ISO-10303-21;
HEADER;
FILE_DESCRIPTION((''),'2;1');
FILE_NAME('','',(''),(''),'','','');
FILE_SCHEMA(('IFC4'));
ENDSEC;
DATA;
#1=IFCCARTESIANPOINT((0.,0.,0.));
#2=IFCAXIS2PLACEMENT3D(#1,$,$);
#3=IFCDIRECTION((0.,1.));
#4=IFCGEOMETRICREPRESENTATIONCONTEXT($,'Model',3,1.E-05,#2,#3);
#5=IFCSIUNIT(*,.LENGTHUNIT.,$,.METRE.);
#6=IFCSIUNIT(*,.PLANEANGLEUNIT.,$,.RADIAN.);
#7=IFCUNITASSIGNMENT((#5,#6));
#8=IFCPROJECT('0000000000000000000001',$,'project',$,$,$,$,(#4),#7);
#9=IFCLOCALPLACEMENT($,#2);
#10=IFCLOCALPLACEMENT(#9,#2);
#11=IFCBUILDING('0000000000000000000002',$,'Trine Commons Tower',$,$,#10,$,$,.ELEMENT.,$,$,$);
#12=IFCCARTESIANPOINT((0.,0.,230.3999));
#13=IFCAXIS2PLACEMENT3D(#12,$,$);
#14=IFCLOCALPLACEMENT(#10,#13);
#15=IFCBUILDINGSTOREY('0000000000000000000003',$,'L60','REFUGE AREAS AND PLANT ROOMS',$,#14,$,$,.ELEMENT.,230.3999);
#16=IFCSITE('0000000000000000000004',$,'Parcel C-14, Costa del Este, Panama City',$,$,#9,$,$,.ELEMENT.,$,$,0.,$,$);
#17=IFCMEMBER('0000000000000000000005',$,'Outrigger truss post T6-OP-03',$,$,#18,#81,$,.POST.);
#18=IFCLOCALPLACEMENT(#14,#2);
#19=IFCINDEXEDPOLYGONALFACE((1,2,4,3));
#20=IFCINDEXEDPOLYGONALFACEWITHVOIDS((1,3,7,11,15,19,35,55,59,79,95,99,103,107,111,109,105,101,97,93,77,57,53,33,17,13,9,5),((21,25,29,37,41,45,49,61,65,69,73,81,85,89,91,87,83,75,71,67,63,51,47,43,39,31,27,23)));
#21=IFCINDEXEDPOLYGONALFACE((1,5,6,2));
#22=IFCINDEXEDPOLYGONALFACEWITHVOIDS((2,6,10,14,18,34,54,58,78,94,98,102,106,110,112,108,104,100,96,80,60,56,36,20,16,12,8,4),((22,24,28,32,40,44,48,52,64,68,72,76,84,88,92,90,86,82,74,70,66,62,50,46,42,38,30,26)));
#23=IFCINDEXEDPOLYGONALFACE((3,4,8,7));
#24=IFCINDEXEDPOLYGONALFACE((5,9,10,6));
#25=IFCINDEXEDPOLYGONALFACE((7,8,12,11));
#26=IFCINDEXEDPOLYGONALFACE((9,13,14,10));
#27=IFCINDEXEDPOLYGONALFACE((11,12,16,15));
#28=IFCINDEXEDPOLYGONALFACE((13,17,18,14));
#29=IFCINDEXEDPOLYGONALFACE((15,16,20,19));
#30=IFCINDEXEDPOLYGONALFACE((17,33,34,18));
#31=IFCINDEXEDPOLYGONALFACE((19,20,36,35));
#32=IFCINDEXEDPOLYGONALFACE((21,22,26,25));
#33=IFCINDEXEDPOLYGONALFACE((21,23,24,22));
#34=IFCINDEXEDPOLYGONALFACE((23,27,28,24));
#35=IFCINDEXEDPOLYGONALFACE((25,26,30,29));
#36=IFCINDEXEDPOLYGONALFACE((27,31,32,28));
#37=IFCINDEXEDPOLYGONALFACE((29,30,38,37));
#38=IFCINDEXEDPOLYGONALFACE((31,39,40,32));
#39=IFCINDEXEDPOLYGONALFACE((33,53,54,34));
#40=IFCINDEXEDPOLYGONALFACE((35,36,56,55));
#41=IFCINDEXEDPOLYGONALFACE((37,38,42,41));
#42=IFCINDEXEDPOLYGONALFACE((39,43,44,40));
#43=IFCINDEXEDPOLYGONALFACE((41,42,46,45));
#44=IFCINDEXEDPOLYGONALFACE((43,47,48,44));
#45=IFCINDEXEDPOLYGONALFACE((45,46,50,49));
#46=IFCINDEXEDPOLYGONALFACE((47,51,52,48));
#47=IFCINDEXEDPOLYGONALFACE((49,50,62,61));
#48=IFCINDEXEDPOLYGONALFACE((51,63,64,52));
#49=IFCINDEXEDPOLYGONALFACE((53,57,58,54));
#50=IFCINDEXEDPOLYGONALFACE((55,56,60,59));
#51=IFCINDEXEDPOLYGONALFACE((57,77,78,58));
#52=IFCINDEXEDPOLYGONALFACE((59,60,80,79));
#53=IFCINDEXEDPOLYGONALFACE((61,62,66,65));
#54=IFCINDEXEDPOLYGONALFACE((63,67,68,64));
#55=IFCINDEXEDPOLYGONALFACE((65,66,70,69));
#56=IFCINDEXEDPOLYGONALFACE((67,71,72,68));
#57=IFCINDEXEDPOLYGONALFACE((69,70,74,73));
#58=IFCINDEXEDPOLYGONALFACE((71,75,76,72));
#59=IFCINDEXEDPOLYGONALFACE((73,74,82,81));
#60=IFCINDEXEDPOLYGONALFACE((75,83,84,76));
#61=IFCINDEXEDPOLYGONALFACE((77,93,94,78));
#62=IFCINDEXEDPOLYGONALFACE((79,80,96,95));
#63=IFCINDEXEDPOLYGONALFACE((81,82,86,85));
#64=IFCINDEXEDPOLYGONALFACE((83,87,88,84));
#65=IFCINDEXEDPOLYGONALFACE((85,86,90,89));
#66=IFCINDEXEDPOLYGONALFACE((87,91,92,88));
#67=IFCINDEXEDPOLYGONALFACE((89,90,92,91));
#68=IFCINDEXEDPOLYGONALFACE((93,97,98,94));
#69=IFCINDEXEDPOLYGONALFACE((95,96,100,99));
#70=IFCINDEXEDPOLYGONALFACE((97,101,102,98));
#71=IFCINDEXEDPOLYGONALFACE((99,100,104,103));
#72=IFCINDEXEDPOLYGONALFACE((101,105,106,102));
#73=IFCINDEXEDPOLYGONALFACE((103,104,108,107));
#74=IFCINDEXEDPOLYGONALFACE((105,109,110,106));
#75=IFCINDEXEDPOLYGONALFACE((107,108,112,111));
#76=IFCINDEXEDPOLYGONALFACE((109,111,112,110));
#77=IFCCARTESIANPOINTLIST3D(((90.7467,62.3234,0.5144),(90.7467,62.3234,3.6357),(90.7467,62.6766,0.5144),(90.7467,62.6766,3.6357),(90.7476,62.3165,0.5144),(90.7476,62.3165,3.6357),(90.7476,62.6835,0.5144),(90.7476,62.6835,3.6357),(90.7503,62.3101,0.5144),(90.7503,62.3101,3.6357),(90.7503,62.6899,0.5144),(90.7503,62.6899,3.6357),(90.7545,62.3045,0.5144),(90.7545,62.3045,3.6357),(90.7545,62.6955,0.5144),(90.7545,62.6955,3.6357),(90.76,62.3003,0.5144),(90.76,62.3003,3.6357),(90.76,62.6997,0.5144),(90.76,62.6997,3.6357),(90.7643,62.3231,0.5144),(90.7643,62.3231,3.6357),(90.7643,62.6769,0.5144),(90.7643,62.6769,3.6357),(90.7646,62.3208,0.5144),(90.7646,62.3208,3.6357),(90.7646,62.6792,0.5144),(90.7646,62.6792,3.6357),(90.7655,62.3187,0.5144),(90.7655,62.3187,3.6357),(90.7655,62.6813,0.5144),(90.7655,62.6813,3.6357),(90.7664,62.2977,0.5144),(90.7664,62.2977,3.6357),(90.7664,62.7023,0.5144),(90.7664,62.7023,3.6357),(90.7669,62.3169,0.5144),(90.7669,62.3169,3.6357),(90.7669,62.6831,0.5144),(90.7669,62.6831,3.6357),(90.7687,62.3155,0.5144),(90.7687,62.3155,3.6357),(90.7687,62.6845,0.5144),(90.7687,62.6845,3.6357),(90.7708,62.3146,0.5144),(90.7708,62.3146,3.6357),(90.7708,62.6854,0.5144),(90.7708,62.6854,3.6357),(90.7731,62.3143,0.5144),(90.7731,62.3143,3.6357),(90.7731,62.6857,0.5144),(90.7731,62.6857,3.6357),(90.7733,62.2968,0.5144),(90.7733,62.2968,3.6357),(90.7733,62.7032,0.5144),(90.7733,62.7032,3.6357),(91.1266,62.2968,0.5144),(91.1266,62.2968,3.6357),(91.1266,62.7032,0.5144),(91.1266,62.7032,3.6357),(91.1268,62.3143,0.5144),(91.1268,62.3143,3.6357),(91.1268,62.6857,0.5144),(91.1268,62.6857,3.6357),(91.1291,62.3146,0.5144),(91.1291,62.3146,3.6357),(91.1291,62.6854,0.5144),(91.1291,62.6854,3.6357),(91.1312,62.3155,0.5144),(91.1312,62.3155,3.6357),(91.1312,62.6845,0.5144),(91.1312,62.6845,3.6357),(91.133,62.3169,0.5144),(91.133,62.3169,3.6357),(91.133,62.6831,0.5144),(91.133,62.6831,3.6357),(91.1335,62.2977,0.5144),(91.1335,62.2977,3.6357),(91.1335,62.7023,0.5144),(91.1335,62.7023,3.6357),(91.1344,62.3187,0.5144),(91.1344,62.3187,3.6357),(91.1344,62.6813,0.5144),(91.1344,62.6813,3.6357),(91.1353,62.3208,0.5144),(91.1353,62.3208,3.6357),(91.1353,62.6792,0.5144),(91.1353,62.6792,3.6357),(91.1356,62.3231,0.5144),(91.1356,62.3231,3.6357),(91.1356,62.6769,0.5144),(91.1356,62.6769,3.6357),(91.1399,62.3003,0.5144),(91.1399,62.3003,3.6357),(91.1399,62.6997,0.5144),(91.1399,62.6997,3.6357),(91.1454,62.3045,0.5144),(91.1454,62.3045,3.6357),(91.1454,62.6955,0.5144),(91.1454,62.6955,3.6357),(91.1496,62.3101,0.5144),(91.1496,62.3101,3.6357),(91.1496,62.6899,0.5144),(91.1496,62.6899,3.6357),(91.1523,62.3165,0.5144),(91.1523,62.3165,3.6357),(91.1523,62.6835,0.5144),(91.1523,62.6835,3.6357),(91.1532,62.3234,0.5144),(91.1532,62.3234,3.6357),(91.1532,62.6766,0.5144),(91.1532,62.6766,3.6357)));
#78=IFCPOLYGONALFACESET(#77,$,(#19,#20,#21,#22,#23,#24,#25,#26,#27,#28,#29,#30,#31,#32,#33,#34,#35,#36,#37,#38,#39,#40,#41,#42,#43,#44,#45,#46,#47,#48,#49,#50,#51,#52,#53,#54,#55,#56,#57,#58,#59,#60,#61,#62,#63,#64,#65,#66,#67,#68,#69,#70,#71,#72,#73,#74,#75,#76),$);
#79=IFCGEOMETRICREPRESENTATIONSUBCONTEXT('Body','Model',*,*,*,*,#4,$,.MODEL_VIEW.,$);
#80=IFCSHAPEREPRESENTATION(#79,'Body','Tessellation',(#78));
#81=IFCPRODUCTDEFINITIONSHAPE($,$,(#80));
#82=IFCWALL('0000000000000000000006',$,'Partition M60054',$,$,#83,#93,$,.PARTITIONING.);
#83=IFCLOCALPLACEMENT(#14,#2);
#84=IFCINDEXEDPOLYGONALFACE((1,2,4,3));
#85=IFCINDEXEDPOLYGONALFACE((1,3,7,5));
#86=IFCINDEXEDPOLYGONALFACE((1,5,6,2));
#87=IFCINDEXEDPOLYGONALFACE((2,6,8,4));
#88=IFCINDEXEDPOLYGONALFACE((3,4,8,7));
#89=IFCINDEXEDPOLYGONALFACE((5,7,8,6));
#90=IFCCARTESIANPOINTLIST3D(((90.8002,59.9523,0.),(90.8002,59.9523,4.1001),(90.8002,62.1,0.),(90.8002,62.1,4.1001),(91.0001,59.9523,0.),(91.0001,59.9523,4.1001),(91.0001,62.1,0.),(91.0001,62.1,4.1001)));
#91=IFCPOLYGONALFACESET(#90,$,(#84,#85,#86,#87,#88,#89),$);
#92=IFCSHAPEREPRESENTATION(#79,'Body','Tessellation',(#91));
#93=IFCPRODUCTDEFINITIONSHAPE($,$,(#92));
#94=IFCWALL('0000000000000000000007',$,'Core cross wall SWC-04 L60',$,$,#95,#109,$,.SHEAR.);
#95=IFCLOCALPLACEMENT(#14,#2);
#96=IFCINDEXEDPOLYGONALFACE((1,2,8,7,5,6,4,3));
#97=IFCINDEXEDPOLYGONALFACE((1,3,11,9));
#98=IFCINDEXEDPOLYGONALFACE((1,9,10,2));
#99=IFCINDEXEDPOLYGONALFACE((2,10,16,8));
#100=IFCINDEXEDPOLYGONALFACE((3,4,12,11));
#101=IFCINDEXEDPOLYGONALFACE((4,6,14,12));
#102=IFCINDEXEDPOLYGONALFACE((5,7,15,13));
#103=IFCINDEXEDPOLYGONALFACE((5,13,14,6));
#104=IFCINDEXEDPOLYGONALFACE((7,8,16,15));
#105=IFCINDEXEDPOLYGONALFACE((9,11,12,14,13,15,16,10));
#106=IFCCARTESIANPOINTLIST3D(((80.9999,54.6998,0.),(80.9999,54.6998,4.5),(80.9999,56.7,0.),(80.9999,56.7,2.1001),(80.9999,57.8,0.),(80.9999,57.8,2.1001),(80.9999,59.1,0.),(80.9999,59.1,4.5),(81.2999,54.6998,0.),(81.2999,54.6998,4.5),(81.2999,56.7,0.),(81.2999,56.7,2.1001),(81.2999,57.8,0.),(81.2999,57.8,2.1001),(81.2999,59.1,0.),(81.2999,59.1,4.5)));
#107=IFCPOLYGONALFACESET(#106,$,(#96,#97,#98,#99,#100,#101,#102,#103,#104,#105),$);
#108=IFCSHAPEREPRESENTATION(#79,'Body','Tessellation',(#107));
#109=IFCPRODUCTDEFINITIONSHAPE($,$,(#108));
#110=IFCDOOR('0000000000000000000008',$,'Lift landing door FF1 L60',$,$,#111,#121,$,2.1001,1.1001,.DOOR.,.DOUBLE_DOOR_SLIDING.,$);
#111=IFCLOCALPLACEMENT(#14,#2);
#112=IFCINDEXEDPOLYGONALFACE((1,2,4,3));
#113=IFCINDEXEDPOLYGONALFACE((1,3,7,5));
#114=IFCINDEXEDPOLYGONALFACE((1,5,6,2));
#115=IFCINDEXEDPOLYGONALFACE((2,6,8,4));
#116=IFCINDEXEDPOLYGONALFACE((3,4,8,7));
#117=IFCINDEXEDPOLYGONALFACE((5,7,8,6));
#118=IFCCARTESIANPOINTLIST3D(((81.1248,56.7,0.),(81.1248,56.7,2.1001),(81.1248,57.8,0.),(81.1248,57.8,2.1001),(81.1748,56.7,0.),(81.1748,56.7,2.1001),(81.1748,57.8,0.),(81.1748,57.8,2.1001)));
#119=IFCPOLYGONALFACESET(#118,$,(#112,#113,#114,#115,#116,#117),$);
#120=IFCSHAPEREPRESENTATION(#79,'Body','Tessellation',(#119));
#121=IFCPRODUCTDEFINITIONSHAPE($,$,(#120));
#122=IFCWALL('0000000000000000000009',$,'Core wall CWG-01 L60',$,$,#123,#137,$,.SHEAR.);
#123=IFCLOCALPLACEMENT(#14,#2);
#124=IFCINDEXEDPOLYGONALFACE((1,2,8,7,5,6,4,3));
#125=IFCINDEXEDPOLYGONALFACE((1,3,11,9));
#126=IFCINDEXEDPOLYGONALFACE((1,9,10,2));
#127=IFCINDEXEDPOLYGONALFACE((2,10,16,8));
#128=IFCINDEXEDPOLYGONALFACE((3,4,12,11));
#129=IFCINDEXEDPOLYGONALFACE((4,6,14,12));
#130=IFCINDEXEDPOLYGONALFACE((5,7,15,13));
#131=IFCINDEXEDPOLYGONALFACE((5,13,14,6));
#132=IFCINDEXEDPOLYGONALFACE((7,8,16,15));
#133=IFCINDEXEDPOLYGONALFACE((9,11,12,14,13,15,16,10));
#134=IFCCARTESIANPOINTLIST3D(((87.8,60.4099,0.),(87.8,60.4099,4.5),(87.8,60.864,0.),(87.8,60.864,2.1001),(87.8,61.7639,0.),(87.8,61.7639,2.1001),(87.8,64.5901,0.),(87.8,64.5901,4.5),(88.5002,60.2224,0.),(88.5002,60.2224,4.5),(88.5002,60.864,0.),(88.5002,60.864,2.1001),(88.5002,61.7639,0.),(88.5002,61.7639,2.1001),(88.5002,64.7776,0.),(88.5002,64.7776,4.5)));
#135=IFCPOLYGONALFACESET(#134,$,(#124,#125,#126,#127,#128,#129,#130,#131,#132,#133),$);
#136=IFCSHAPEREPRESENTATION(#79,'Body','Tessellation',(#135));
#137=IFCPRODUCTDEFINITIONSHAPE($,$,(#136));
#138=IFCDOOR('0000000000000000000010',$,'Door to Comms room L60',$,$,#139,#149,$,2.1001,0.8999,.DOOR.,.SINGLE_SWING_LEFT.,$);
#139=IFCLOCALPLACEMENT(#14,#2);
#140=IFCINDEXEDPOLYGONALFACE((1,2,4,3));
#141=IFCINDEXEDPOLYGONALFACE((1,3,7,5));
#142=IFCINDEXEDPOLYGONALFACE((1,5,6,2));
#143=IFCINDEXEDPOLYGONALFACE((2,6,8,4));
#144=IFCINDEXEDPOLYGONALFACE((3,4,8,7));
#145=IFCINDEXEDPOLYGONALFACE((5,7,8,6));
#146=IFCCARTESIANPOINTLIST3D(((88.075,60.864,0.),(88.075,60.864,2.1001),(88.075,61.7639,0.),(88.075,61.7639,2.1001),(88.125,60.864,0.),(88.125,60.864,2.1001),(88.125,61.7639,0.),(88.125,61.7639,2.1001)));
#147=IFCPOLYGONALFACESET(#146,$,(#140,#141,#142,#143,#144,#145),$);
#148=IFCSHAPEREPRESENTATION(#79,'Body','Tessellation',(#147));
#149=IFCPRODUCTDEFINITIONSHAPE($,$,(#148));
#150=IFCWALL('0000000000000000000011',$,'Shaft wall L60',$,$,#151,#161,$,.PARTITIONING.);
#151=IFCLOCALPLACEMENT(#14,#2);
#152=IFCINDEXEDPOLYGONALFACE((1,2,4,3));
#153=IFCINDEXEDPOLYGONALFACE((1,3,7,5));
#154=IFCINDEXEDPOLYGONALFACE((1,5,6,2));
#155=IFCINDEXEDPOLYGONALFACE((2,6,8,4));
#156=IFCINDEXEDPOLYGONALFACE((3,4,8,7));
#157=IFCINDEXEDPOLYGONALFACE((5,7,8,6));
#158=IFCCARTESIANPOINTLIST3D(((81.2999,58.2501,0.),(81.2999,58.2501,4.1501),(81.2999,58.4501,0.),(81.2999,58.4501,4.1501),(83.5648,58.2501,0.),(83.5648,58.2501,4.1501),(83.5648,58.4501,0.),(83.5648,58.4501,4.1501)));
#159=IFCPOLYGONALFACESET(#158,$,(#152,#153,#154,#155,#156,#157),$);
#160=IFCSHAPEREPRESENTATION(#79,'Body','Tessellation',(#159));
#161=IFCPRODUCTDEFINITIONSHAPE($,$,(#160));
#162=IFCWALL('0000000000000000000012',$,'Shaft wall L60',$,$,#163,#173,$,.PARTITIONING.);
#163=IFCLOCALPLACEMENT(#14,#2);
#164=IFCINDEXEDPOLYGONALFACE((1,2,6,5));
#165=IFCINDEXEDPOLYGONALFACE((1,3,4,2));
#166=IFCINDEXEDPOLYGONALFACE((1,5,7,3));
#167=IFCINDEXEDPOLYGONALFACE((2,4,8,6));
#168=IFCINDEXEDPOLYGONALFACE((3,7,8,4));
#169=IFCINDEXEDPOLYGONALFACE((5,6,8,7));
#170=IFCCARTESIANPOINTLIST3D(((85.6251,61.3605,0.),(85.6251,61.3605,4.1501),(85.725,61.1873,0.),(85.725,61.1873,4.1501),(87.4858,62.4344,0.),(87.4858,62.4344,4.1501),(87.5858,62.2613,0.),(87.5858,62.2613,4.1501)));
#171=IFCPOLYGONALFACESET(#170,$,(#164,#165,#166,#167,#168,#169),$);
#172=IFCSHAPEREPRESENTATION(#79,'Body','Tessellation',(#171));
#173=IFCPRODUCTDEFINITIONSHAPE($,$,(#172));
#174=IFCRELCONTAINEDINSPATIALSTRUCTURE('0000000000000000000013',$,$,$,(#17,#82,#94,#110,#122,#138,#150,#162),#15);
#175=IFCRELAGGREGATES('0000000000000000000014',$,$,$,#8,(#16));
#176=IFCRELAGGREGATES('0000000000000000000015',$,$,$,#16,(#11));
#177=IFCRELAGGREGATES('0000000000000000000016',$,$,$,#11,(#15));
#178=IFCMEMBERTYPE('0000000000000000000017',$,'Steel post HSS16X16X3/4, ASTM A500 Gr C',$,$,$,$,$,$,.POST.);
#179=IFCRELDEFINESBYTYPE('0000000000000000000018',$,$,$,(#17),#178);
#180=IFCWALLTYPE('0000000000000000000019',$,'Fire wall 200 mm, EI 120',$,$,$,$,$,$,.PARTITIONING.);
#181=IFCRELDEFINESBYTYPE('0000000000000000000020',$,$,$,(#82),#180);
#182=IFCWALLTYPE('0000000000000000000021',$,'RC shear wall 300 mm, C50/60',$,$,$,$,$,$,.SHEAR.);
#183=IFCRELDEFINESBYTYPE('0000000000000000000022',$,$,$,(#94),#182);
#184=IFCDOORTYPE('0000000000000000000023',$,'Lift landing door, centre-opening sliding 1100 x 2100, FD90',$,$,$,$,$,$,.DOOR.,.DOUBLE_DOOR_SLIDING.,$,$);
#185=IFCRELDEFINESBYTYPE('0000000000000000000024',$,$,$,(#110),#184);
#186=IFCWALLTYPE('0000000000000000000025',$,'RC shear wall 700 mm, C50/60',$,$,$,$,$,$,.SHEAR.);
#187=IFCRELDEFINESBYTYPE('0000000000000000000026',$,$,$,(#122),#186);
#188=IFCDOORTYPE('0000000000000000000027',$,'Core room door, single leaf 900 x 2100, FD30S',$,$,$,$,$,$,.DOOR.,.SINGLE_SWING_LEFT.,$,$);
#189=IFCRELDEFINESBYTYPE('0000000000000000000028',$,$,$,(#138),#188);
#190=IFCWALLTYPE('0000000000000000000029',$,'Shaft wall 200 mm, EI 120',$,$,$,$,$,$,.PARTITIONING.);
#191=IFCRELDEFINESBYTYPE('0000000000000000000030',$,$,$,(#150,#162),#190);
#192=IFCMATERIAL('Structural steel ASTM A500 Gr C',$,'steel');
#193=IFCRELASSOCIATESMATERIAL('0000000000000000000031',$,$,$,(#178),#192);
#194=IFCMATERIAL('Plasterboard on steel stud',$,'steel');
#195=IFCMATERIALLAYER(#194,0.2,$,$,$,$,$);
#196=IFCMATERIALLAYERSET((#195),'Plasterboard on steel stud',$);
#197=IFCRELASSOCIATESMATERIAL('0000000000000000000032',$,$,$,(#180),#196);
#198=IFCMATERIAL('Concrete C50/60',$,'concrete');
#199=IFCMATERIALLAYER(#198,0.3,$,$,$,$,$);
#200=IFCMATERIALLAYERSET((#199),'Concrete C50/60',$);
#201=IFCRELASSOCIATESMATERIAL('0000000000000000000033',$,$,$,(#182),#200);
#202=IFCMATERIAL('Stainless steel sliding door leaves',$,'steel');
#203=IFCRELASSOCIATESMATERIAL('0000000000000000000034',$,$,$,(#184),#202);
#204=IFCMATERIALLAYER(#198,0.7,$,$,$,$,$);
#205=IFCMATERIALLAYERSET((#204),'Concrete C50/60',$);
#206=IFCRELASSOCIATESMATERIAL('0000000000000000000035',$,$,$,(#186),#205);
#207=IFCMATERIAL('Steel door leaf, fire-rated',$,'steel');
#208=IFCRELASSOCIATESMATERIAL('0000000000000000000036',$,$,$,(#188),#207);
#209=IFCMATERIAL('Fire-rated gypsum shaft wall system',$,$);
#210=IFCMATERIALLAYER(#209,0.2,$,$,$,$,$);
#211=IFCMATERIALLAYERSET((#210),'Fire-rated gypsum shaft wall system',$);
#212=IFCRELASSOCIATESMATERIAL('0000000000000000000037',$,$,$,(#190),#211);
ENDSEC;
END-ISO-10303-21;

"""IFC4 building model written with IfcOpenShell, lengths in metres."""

from ifc_helpers import new_model, si_unit, direction, frame, frame_2d, origin, origin_2d, place, context, subcontext, project, spatial, polyline, rectangle, hollow_rectangle, outline, extrude, material, layer, layer_set, material_profile, profile_set, type_object, element, fill, save


model = new_model("IFC4")

# Units and contexts
model_context = context("Model", 3, precision=1e-05, world=origin(), true_north=direction((0.0, 1.0)))
body_context = subcontext(model_context, "Body", "Model", "MODEL_VIEW")
ifc_project = project(units=[si_unit("LENGTHUNIT", "METRE"), si_unit("PLANEANGLEUNIT", "RADIAN")], contexts=[model_context])

# Site, building, storey
site_placement = place(None, origin())
site = spatial("IfcSite", under=ifc_project, at=site_placement, Name="Parcel C-14, Costa del Este, Panama City", CompositionType="ELEMENT", RefElevation=0.0)
building_placement = place(site_placement, origin())
building = spatial("IfcBuilding", under=site, at=building_placement, Name="Trine Commons Tower", CompositionType="ELEMENT")
storey_placement = place(building_placement, frame((0.0, 0.0, 230.3999)))
storey = spatial("IfcBuildingStorey", under=building, at=storey_placement, Name="L60", Description="REFUGE AREAS AND PLANT ROOMS", CompositionType="ELEMENT", Elevation=230.3999)

# Member
ifc_material_1 = material(Name="Structural steel ASTM A500 Gr C", Category="steel")
ifc_material_profile_1 = material_profile(ifc_material_1, hollow_rectangle(XDim=0.4065, YDim=0.4065, WallThickness=0.0176, InnerFilletRadius=0.0088, OuterFilletRadius=0.0266, at=origin_2d()), Name="HSS16X16X3/4")
ifc_profile_set_1 = profile_set([ifc_material_profile_1], Name="Structural steel ASTM A500 Gr C")
member_type_1 = type_object("IfcMemberType", Name="Steel post HSS16X16X3/4, ASTM A500 Gr C", PredefinedType="POST", material=ifc_profile_set_1)
member_1_placement = place(storey_placement, frame((90.95, 62.5, 0.5144), z_axis=(0.0, 0.0, 1.0), x_axis=(1.0, 0.0, 0.0)))
element("IfcMember", 1, at=member_1_placement, inside=storey, type_object=member_type_1, Name="Outrigger truss post T6-OP-03", PredefinedType="POST", context=body_context, shape_type="SweptSolid", body=[
    extrude(hollow_rectangle(XDim=0.4065, YDim=0.4065, WallThickness=0.0176, InnerFilletRadius=0.0088, OuterFilletRadius=0.0266, at=origin_2d()), origin(), (0.0, 0.0, 1.0), 3.1213),
])

# Wall
ifc_material_2 = material(Name="Plasterboard on steel stud", Category="steel")
ifc_layer_1 = layer(ifc_material_2, 0.2)
ifc_layer_set_1 = layer_set([ifc_layer_1], Name="Plasterboard on steel stud")
wall_type_1 = type_object("IfcWallType", Name="Fire wall 200 mm, EI 120", PredefinedType="PARTITIONING", material=ifc_layer_set_1)
wall_1_placement = place(storey_placement, frame((90.9001, 59.9524, 0.0), z_axis=(0.0, 0.0, 1.0), x_axis=(0.0, 1.0, 0.0)))
element("IfcWall", 2, at=wall_1_placement, inside=storey, type_object=wall_type_1, Name="Partition M60054", PredefinedType="PARTITIONING", context=body_context, shape_type="SweptSolid", body=[
    extrude(rectangle(XDim=2.1477, YDim=0.2, at=frame_2d((1.0737, 0.0))), origin(), (0.0, 0.0, 1.0), 4.1001),
])

# Walls, openings, doors
ifc_material_3 = material(Name="Concrete C50/60", Category="concrete")
ifc_layer_2 = layer(ifc_material_3, 0.3)
ifc_layer_set_2 = layer_set([ifc_layer_2], Name="Concrete C50/60")
wall_type_2 = type_object("IfcWallType", Name="RC shear wall 300 mm, C50/60", PredefinedType="SHEAR", material=ifc_layer_set_2)
wall_2_placement = place(storey_placement, frame((81.1499, 59.1001, 0.0), z_axis=(0.0, 0.0, 1.0), x_axis=(0.0, -1.0, 0.0)))
wall_2 = element("IfcWall", 3, at=wall_2_placement, inside=storey, type_object=wall_type_2, Name="Core cross wall SWC-04 L60", PredefinedType="SHEAR", context=body_context, shape_type="SweptSolid", body=[
    extrude(rectangle(XDim=4.4001, YDim=0.3, at=frame_2d((2.2002, 0.0))), origin(), (0.0, 0.0, 1.0), 4.5),
])
opening_1_placement = place(wall_2_placement, frame((1.3, 0.0, 0.0)))
opening_1 = element("IfcOpeningElement", 4, at=opening_1_placement, cuts=wall_2, PredefinedType="OPENING", context=body_context, shape_type="SweptSolid", body=[
    extrude(rectangle(XDim=1.1001, YDim=2.1001, at=frame_2d((0.55, 1.05))), frame((0.0, 0.1599, 0.0), z_axis=(0.0, -1.0, 0.0), x_axis=(1.0, 0.0, 0.0)), (0.0, 0.0, 1.0), 0.3201),
])
ifc_material_4 = material(Name="Stainless steel sliding door leaves", Category="steel")
door_type_1 = type_object("IfcDoorType", Name="Lift landing door, centre-opening sliding 1100 x 2100, FD90", OperationType="DOUBLE_DOOR_SLIDING", PredefinedType="DOOR", material=ifc_material_4)
door_1_placement = place(opening_1_placement, origin())
door_1 = element("IfcDoor", 5, at=door_1_placement, inside=storey, type_object=door_type_1, Name="Lift landing door FF1 L60", OperationType="DOUBLE_DOOR_SLIDING", OverallHeight=2.1001, OverallWidth=1.1001, PredefinedType="DOOR", context=body_context, shape_type="SweptSolid", body=[
    extrude(rectangle(XDim=1.1001, YDim=2.1001, at=frame_2d((0.55, 1.05))), frame((0.0, 0.0249, 0.0), z_axis=(0.0, -1.0, 0.0), x_axis=(1.0, 0.0, 0.0)), (0.0, 0.0, 1.0), 0.05),
])
fill(opening_1, door_1)
ifc_layer_3 = layer(ifc_material_3, 0.7)
ifc_layer_set_3 = layer_set([ifc_layer_3], Name="Concrete C50/60")
wall_type_3 = type_object("IfcWallType", Name="RC shear wall 700 mm, C50/60", PredefinedType="SHEAR", material=ifc_layer_set_3)
wall_3_placement = place(storey_placement, frame((88.1501, 60.2224, 0.0), z_axis=(0.0, 0.0, 1.0), x_axis=(0.0, 1.0, 0.0)))
wall_3 = element("IfcWall", 6, at=wall_3_placement, inside=storey, type_object=wall_type_3, Name="Core wall CWG-01 L60", PredefinedType="SHEAR", context=body_context, shape_type="SweptSolid", body=[
    extrude(outline(polyline([(0.0, -0.3501), (4.5552, -0.3501), (4.3677, 0.3501), (0.1875, 0.3501), (0.0, -0.3501)])), origin(), (0.0, 0.0, 1.0), 4.5),
])
opening_2_placement = place(wall_3_placement, frame((0.6416, 0.0, 0.0)))
opening_2 = element("IfcOpeningElement", 7, at=opening_2_placement, cuts=wall_3, PredefinedType="OPENING", context=body_context, shape_type="SweptSolid", body=[
    extrude(rectangle(XDim=0.8999, YDim=2.1001, at=frame_2d((0.45, 1.05))), frame((0.0, 0.3599, 0.0), z_axis=(0.0, -1.0, 0.0), x_axis=(1.0, 0.0, 0.0)), (0.0, 0.0, 1.0), 0.72),
])
ifc_material_5 = material(Name="Steel door leaf, fire-rated", Category="steel")
door_type_2 = type_object("IfcDoorType", Name="Core room door, single leaf 900 x 2100, FD30S", OperationType="SINGLE_SWING_LEFT", PredefinedType="DOOR", material=ifc_material_5)
door_2_placement = place(opening_2_placement, origin())
door_2 = element("IfcDoor", 8, at=door_2_placement, inside=storey, type_object=door_type_2, Name="Door to Comms room L60", OperationType="SINGLE_SWING_LEFT", OverallHeight=2.1001, OverallWidth=0.8999, PredefinedType="DOOR", context=body_context, shape_type="SweptSolid", body=[
    extrude(rectangle(XDim=0.8999, YDim=2.1001, at=frame_2d((0.45, 1.05))), frame((0.0, 0.0752, 0.0), z_axis=(0.0, -1.0, 0.0), x_axis=(1.0, 0.0, 0.0)), (0.0, 0.0, 1.0), 0.05),
])
fill(opening_2, door_2)

# Walls
ifc_material_6 = material(Name="Fire-rated gypsum shaft wall system")
ifc_layer_4 = layer(ifc_material_6, 0.2)
ifc_layer_set_4 = layer_set([ifc_layer_4], Name="Fire-rated gypsum shaft wall system")
wall_type_4 = type_object("IfcWallType", Name="Shaft wall 200 mm, EI 120", PredefinedType="PARTITIONING", material=ifc_layer_set_4)
wall_4_placement = place(storey_placement, frame((81.3, 58.3501, 0.0), z_axis=(0.0, 0.0, 1.0), x_axis=(1.0, 0.0, 0.0)))
element("IfcWall", 9, at=wall_4_placement, inside=storey, type_object=wall_type_4, Name="Shaft wall L60", PredefinedType="PARTITIONING", context=body_context, shape_type="SweptSolid", body=[
    extrude(rectangle(XDim=2.2649, YDim=0.2, at=frame_2d((1.1323, 0.0))), origin(), (0.0, 0.0, 1.0), 4.1501),
])
wall_5_placement = place(storey_placement, frame((85.675, 61.2739, 0.0), z_axis=(0.0, 0.0, 1.0), x_axis=(0.866102, 0.499867, 0.0)))
element("IfcWall", 10, at=wall_5_placement, inside=storey, type_object=wall_type_4, Name="Shaft wall L60", PredefinedType="PARTITIONING", context=body_context, shape_type="SweptSolid", body=[
    extrude(rectangle(XDim=2.1484, YDim=0.2, at=frame_2d((1.0742, 0.0))), origin(), (0.0, 0.0, 1.0), 4.1501),
])

save(model, "model.ifc")
